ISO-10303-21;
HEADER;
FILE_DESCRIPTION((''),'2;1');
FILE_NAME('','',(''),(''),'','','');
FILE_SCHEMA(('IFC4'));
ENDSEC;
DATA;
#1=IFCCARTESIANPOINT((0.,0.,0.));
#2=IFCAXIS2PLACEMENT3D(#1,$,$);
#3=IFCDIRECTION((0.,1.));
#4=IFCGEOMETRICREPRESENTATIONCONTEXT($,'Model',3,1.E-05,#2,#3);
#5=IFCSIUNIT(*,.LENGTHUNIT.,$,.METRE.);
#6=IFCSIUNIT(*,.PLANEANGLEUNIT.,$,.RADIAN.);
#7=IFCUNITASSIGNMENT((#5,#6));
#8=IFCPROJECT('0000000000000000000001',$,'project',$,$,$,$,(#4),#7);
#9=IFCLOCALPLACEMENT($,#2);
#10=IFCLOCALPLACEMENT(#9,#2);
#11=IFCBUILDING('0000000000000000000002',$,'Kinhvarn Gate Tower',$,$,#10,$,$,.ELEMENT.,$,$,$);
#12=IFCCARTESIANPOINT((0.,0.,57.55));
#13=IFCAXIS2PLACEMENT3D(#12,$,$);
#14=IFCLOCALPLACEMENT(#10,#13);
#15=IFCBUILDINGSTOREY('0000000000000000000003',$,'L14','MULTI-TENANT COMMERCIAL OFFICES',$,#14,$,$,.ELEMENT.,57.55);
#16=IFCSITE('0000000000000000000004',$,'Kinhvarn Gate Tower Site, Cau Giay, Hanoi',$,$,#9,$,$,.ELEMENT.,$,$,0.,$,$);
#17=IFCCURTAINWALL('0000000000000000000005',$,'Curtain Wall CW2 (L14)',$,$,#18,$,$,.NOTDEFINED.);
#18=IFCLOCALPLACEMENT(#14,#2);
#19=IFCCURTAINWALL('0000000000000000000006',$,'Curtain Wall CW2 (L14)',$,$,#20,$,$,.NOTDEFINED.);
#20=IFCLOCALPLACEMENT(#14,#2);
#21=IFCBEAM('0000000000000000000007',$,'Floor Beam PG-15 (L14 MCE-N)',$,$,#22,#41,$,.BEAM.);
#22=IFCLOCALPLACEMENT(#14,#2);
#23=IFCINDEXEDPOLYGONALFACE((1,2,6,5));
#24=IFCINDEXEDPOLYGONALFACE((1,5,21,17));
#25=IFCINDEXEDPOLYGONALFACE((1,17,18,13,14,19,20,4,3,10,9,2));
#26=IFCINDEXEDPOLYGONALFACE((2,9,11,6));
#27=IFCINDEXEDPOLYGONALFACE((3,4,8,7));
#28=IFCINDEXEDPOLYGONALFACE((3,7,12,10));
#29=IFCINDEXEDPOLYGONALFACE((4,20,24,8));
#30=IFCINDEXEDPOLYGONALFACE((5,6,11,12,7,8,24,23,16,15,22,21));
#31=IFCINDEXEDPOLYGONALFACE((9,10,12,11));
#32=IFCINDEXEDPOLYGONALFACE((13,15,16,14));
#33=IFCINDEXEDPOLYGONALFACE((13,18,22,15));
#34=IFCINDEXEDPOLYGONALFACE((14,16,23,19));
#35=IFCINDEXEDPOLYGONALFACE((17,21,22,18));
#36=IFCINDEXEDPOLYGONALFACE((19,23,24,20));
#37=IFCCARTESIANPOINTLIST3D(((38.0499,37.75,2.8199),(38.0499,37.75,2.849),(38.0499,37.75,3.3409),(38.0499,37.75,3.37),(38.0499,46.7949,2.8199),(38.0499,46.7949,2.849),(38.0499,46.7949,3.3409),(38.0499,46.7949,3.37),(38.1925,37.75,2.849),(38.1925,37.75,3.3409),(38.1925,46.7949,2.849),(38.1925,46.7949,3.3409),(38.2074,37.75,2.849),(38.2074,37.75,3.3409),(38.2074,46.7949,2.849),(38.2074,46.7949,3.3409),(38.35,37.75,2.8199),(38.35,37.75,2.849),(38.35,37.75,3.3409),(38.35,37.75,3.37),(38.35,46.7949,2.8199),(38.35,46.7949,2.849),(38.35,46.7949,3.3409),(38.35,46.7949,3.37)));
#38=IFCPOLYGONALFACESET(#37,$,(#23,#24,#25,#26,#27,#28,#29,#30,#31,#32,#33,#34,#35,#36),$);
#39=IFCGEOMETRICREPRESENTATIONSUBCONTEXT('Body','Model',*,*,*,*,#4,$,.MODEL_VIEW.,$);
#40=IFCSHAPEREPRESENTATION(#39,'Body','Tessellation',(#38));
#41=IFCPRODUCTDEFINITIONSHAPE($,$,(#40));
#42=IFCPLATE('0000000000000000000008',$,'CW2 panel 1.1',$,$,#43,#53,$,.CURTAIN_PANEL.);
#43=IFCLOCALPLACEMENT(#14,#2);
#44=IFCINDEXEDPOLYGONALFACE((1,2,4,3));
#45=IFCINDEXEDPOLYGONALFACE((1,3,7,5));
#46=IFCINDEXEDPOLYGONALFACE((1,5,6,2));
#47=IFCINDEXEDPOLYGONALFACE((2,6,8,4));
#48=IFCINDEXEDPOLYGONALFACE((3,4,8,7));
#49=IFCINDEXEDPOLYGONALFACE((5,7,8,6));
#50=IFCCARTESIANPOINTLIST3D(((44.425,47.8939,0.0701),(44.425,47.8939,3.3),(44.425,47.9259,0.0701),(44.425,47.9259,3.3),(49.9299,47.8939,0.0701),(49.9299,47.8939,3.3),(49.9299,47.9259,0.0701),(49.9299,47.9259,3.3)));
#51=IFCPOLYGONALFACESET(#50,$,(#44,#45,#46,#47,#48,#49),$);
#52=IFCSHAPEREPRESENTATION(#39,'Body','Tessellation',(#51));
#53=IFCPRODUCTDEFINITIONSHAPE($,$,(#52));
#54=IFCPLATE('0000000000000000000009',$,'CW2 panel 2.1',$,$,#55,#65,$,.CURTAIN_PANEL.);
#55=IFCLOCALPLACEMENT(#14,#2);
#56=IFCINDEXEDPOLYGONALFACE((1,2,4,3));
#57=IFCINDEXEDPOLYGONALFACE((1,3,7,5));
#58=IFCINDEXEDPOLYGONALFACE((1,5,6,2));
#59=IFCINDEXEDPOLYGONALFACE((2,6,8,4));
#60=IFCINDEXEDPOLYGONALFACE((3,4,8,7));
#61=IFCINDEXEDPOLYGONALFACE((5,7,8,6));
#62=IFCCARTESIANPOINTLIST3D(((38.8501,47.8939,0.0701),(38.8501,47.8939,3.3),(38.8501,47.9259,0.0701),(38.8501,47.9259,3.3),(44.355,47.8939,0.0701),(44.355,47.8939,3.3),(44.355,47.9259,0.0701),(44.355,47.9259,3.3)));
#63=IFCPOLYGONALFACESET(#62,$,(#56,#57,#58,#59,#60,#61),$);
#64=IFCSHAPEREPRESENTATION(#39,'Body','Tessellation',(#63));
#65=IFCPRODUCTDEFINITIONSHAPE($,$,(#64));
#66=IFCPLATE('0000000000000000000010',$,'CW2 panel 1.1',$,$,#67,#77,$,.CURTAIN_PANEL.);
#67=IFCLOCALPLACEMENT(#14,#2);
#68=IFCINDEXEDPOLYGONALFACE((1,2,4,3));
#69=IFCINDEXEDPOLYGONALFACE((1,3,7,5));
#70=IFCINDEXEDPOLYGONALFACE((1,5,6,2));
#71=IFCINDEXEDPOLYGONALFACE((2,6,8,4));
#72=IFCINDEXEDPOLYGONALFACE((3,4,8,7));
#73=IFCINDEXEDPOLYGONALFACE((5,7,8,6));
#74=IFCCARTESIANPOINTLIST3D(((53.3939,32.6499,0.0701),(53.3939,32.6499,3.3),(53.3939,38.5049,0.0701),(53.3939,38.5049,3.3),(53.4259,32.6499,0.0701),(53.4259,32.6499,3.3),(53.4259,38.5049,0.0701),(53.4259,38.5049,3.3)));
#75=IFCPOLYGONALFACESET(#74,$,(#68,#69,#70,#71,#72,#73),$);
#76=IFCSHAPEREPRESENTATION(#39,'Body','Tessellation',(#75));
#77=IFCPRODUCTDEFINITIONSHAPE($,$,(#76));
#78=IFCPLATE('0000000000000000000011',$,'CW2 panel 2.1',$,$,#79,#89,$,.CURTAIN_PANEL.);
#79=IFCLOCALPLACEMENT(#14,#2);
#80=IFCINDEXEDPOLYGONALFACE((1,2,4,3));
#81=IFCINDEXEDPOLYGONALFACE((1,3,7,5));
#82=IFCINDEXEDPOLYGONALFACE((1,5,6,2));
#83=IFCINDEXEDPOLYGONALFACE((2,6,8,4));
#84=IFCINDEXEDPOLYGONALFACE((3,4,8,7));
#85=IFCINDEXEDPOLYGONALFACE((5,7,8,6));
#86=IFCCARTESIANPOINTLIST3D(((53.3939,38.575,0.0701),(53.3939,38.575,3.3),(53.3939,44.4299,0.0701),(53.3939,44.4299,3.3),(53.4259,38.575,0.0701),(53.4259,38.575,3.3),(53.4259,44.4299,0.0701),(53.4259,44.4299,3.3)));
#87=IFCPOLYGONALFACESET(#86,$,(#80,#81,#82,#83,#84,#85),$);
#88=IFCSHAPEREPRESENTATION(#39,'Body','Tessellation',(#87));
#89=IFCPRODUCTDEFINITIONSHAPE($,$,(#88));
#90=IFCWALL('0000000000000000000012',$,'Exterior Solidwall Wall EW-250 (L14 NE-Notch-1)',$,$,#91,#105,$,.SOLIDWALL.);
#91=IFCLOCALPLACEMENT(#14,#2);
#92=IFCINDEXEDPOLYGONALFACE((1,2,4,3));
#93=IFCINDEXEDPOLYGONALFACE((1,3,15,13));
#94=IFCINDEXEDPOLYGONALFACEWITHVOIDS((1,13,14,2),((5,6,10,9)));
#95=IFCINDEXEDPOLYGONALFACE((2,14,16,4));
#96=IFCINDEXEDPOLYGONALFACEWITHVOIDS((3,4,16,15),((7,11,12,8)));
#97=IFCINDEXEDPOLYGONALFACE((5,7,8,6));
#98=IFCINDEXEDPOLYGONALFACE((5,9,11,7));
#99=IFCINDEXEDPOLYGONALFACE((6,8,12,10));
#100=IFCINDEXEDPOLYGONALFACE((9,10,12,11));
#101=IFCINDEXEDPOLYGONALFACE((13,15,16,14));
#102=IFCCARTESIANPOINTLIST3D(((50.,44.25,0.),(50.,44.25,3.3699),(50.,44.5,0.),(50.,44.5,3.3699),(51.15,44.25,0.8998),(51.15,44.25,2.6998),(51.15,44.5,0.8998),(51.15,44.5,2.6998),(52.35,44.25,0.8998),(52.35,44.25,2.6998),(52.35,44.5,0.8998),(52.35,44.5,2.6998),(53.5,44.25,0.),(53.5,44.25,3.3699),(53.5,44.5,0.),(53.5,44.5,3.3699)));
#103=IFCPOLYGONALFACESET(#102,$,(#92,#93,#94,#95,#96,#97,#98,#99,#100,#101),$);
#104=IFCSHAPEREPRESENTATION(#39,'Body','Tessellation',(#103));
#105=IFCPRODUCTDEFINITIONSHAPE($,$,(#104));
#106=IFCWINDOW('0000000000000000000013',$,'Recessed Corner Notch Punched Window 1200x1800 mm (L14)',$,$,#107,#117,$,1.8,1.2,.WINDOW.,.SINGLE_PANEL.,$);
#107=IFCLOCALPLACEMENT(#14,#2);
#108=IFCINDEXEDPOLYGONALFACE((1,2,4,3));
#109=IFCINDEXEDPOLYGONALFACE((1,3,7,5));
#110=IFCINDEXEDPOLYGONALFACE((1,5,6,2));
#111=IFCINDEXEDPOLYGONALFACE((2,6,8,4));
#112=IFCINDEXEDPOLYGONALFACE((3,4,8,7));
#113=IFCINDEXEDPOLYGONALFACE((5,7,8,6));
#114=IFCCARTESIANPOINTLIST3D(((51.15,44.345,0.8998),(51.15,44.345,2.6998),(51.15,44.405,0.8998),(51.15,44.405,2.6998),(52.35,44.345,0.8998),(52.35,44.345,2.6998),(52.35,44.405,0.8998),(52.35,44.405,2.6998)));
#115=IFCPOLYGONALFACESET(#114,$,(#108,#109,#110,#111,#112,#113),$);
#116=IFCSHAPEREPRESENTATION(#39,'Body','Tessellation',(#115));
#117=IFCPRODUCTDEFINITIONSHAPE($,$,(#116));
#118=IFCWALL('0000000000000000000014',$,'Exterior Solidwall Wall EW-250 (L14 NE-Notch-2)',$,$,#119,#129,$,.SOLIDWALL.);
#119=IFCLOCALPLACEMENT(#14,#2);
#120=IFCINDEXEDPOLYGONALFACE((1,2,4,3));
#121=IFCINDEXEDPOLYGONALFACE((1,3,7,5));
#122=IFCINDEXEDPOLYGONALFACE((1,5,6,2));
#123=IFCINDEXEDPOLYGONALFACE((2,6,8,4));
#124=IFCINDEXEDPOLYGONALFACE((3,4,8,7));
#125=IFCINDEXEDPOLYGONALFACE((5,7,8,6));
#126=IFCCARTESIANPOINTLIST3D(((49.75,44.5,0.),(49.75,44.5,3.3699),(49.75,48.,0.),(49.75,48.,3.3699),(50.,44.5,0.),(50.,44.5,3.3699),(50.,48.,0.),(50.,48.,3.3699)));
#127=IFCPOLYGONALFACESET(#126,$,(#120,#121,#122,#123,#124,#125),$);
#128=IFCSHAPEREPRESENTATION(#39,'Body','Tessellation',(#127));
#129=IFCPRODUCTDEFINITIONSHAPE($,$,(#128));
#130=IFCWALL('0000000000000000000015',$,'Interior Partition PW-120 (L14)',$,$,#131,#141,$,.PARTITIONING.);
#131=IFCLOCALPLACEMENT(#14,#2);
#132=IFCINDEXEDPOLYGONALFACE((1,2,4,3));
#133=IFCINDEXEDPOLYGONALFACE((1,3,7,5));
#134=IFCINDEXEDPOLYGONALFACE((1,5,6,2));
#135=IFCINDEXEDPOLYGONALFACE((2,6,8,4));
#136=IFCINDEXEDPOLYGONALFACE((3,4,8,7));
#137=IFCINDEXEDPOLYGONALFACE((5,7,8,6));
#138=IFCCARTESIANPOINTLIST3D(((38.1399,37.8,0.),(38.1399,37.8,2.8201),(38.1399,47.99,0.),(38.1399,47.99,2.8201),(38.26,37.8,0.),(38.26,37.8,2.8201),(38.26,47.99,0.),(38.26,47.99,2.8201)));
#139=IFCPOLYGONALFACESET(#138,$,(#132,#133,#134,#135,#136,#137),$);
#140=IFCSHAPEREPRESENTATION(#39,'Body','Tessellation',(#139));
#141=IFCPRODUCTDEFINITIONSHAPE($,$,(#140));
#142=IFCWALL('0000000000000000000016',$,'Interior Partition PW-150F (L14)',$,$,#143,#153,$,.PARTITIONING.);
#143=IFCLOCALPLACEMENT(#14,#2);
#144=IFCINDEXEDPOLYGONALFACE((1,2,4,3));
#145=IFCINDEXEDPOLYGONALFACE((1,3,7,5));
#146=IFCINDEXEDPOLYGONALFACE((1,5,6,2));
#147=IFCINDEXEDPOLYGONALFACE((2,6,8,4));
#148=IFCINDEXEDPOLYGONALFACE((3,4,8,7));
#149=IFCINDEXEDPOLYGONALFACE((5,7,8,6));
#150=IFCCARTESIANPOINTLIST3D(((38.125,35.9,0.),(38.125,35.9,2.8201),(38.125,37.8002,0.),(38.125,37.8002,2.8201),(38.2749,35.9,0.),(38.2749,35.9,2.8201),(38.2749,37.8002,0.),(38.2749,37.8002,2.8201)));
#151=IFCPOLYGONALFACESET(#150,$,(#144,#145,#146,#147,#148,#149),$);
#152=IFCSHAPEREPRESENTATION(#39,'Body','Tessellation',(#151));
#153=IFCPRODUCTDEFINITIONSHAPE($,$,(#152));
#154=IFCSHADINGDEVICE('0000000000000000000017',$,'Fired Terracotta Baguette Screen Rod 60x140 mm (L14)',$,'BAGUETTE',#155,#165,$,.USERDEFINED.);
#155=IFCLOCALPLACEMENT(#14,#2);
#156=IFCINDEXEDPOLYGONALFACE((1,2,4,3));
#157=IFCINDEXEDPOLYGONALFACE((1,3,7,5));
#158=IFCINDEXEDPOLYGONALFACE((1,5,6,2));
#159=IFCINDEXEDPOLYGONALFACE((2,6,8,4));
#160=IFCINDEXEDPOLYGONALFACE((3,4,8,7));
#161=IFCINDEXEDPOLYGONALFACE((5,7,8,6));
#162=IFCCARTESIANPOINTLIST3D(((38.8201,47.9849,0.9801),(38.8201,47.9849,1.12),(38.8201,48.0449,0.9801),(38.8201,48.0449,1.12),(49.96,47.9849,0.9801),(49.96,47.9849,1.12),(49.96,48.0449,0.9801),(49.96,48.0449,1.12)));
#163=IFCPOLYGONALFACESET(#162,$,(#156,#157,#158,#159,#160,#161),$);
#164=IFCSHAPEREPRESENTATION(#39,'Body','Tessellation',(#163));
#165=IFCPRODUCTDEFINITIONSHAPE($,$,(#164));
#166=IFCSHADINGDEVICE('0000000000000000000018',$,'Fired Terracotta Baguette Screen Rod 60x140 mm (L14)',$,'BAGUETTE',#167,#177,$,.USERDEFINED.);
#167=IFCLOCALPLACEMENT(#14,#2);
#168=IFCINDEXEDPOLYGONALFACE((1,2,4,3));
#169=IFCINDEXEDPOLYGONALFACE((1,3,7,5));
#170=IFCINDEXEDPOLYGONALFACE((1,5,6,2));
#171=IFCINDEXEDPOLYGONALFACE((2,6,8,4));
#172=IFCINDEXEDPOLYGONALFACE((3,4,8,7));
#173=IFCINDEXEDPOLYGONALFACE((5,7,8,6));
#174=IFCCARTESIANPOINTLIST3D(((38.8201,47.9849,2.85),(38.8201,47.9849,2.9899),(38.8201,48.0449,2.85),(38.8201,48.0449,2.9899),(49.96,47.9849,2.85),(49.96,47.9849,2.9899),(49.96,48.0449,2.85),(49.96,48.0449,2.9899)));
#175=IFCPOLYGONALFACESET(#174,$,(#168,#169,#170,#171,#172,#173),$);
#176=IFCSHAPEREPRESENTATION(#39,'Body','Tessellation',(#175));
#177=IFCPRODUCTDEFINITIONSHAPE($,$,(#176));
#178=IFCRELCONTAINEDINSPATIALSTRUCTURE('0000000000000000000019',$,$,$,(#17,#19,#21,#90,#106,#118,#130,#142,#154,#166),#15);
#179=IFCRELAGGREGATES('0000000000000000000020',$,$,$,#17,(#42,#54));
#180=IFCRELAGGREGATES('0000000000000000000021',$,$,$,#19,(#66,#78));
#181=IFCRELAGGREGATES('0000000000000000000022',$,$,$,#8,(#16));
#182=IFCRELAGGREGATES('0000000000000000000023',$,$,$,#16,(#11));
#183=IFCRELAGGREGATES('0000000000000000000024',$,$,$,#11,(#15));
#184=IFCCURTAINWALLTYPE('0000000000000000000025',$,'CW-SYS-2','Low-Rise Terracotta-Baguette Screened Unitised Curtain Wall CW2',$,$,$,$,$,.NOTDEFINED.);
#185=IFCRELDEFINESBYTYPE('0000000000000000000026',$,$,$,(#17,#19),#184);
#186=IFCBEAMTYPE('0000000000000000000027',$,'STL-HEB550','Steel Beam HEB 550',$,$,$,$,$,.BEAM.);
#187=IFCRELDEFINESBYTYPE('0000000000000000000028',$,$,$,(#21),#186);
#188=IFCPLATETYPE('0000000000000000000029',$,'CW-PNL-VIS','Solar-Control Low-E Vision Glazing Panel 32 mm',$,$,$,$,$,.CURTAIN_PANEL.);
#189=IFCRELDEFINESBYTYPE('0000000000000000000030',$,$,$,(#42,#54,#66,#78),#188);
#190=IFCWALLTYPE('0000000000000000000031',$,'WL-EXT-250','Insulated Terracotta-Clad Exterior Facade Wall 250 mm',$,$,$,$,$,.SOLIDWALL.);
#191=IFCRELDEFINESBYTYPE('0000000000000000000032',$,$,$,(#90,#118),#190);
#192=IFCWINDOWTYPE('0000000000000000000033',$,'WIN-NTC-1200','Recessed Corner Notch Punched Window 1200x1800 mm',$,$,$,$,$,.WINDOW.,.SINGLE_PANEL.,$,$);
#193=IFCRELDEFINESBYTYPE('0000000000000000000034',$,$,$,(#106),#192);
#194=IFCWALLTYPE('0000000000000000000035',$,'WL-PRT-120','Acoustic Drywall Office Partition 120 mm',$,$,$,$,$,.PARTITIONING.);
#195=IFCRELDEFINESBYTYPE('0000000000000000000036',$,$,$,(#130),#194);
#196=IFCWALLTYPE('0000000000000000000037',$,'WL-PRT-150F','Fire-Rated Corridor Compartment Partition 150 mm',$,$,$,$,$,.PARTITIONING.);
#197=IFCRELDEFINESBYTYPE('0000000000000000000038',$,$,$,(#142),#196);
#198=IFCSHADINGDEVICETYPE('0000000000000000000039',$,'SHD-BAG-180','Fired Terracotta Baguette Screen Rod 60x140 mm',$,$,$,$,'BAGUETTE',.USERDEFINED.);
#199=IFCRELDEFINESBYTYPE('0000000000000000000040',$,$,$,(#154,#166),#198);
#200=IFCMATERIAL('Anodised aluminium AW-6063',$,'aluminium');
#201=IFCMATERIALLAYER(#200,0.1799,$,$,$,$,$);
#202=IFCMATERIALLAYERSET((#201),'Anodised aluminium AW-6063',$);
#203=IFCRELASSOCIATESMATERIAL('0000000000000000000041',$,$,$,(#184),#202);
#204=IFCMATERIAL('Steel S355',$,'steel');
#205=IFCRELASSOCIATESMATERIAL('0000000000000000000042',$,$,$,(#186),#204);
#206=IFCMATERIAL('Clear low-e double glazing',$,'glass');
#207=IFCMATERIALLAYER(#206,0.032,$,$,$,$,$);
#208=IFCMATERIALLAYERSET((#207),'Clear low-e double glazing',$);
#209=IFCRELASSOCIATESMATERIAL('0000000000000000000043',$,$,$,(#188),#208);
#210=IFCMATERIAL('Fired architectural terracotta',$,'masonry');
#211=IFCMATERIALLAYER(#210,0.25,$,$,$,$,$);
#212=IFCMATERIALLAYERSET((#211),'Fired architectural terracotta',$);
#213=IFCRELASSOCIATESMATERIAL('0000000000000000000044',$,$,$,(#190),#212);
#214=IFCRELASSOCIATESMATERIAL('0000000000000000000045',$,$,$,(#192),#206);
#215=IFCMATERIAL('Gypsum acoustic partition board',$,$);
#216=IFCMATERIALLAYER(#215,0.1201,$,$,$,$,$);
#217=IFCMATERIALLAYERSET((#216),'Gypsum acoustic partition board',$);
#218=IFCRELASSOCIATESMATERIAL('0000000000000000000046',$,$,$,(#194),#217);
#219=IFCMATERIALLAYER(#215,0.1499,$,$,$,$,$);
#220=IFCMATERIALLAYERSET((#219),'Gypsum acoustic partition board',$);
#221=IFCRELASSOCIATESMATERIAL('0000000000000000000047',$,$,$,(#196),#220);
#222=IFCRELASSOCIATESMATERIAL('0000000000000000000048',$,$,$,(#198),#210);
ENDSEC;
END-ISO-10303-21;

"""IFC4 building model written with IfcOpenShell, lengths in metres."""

from ifc_helpers import new_model, si_unit, direction, frame, frame_2d, origin, origin_2d, place, context, subcontext, project, spatial, rectangle, i_section, extrude, material, layer, layer_set, material_profile, profile_set, type_object, element, fill, aggregate, save


model = new_model("IFC4")

# Units and contexts
model_context = context("Model", 3, precision=1e-05, world=origin(), true_north=direction((0.0, 1.0)))
body_context = subcontext(model_context, "Body", "Model", "MODEL_VIEW")
ifc_project = project(units=[si_unit("LENGTHUNIT", "METRE"), si_unit("PLANEANGLEUNIT", "RADIAN")], contexts=[model_context])

# Site, building, storey
site_placement = place(None, origin())
site = spatial("IfcSite", under=ifc_project, at=site_placement, Name="Kinhvarn Gate Tower Site, Cau Giay, Hanoi", CompositionType="ELEMENT", RefElevation=0.0)
building_placement = place(site_placement, origin())
building = spatial("IfcBuilding", under=site, at=building_placement, Name="Kinhvarn Gate Tower", CompositionType="ELEMENT")
storey_placement = place(building_placement, frame((0.0, 0.0, 57.55)))
storey = spatial("IfcBuildingStorey", under=building, at=storey_placement, Name="L14", Description="MULTI-TENANT COMMERCIAL OFFICES", CompositionType="ELEMENT", Elevation=57.55)

# Curtain walls
ifc_material_1 = material(Name="Anodised aluminium AW-6063", Category="aluminium")
ifc_layer_1 = layer(ifc_material_1, 0.1799)
ifc_layer_set_1 = layer_set([ifc_layer_1], Name="Anodised aluminium AW-6063")
curtain_wall_type = type_object("IfcCurtainWallType", Name="CW-SYS-2", Description="Low-Rise Terracotta-Baguette Screened Unitised Curtain Wall CW2", PredefinedType="NOTDEFINED", material=ifc_layer_set_1)
curtain_wall_1_placement = place(storey_placement, origin())
curtain_wall_1 = element("IfcCurtainWall", 1, at=curtain_wall_1_placement, inside=storey, type_object=curtain_wall_type, Name="Curtain Wall CW2 (L14)", PredefinedType="NOTDEFINED")
curtain_wall_2_placement = place(storey_placement, origin())
curtain_wall_2 = element("IfcCurtainWall", 2, at=curtain_wall_2_placement, inside=storey, type_object=curtain_wall_type, Name="Curtain Wall CW2 (L14)", PredefinedType="NOTDEFINED")

# Beam
ifc_material_2 = material(Name="Steel S355", Category="steel")
ifc_material_profile_1 = material_profile(ifc_material_2, i_section(OverallWidth=0.3, OverallDepth=0.55, WebThickness=0.0149, FlangeThickness=0.0291, at=origin_2d()), Name="HEB 550")
ifc_profile_set_1 = profile_set([ifc_material_profile_1], Name="Steel S355")
beam_type = type_object("IfcBeamType", Name="STL-HEB550", Description="Steel Beam HEB 550", PredefinedType="BEAM", material=ifc_profile_set_1)
beam_placement = place(storey_placement, frame((38.2, 37.75, 3.095), z_axis=(0.0, 1.0, 0.0), x_axis=(-1.0, 0.0, 0.0)))
element("IfcBeam", 3, at=beam_placement, inside=storey, type_object=beam_type, Name="Floor Beam PG-15 (L14 MCE-N)", PredefinedType="BEAM", context=body_context, shape_type="SweptSolid", body=[
    extrude(i_section(OverallWidth=0.3, OverallDepth=0.55, WebThickness=0.0149, FlangeThickness=0.0291, at=origin_2d()), origin(), (0.0, 0.0, 1.0), 9.0449),
])

# Plates
ifc_material_3 = material(Name="Clear low-e double glazing", Category="glass")
ifc_layer_2 = layer(ifc_material_3, 0.032)
ifc_layer_set_2 = layer_set([ifc_layer_2], Name="Clear low-e double glazing")
plate_type = type_object("IfcPlateType", Name="CW-PNL-VIS", Description="Solar-Control Low-E Vision Glazing Panel 32 mm", PredefinedType="CURTAIN_PANEL", material=ifc_layer_set_2)
plate_1_placement = place(storey_placement, frame((47.1775, 47.9099, 0.0701), z_axis=(0.0, 0.0, 1.0), x_axis=(-1.0, 0.0, 0.0)))
plate_1 = element("IfcPlate", 4, at=plate_1_placement, type_object=plate_type, Name="CW2 panel 1.1", PredefinedType="CURTAIN_PANEL", context=body_context, shape_type="SweptSolid", body=[
    extrude(rectangle(XDim=5.5049, YDim=0.032, at=origin_2d()), origin(), (0.0, 0.0, 1.0), 3.23),
])
plate_2_placement = place(storey_placement, frame((41.6025, 47.9099, 0.0701), z_axis=(0.0, 0.0, 1.0), x_axis=(-1.0, 0.0, 0.0)))
plate_2 = element("IfcPlate", 5, at=plate_2_placement, type_object=plate_type, Name="CW2 panel 2.1", PredefinedType="CURTAIN_PANEL", context=body_context, shape_type="SweptSolid", body=[
    extrude(rectangle(XDim=5.5049, YDim=0.032, at=origin_2d()), origin(), (0.0, 0.0, 1.0), 3.23),
])
aggregate(curtain_wall_1, [plate_1, plate_2])
plate_3_placement = place(storey_placement, frame((53.4099, 35.5774, 0.0701), z_axis=(0.0, 0.0, 1.0), x_axis=(0.0, 1.0, 0.0)))
plate_3 = element("IfcPlate", 6, at=plate_3_placement, type_object=plate_type, Name="CW2 panel 1.1", PredefinedType="CURTAIN_PANEL", context=body_context, shape_type="SweptSolid", body=[
    extrude(rectangle(XDim=5.855, YDim=0.032, at=origin_2d()), origin(), (0.0, 0.0, 1.0), 3.23),
])
plate_4_placement = place(storey_placement, frame((53.4099, 41.5024, 0.0701), z_axis=(0.0, 0.0, 1.0), x_axis=(0.0, 1.0, 0.0)))
plate_4 = element("IfcPlate", 7, at=plate_4_placement, type_object=plate_type, Name="CW2 panel 2.1", PredefinedType="CURTAIN_PANEL", context=body_context, shape_type="SweptSolid", body=[
    extrude(rectangle(XDim=5.855, YDim=0.032, at=origin_2d()), origin(), (0.0, 0.0, 1.0), 3.23),
])
aggregate(curtain_wall_2, [plate_3, plate_4])

# Wall, opening, window
ifc_material_4 = material(Name="Fired architectural terracotta", Category="masonry")
ifc_layer_3 = layer(ifc_material_4, 0.25)
ifc_layer_set_3 = layer_set([ifc_layer_3], Name="Fired architectural terracotta")
wall_type_1 = type_object("IfcWallType", Name="WL-EXT-250", Description="Insulated Terracotta-Clad Exterior Facade Wall 250 mm", PredefinedType="SOLIDWALL", material=ifc_layer_set_3)
wall_1_placement = place(storey_placement, frame((53.5, 44.375, 0.0), z_axis=(0.0, 0.0, 1.0), x_axis=(-1.0, 0.0, 0.0)))
wall_1 = element("IfcWall", 8, at=wall_1_placement, inside=storey, type_object=wall_type_1, Name="Exterior Solidwall Wall EW-250 (L14 NE-Notch-1)", PredefinedType="SOLIDWALL", context=body_context, shape_type="SweptSolid", body=[
    extrude(rectangle(XDim=3.5, YDim=0.25, at=frame_2d((1.75, 0.0))), origin(), (0.0, 0.0, 1.0), 3.3699),
])
opening_placement = place(wall_1_placement, frame((1.1499, 0.0, 0.8999)))
opening = element("IfcOpeningElement", 9, at=opening_placement, cuts=wall_1, PredefinedType="OPENING", context=body_context, shape_type="SweptSolid", body=[
    extrude(rectangle(XDim=1.2, YDim=1.8, at=frame_2d((0.6001, 0.8999))), frame((0.0, 0.135, 0.0), z_axis=(0.0, -1.0, 0.0), x_axis=(1.0, 0.0, 0.0)), (0.0, 0.0, 1.0), 0.27),
])
window_type = type_object("IfcWindowType", Name="WIN-NTC-1200", Description="Recessed Corner Notch Punched Window 1200x1800 mm", PartitioningType="SINGLE_PANEL", PredefinedType="WINDOW", material=ifc_material_3)
window_placement = place(opening_placement, origin())
window = element("IfcWindow", 10, at=window_placement, inside=storey, type_object=window_type, Name="Recessed Corner Notch Punched Window 1200x1800 mm (L14)", OverallHeight=1.8, OverallWidth=1.2, PartitioningType="SINGLE_PANEL", PredefinedType="WINDOW", context=body_context, shape_type="SweptSolid", body=[
    extrude(rectangle(XDim=1.2, YDim=1.8, at=frame_2d((0.6001, 0.8999))), frame((0.0, 0.03, 0.0), z_axis=(0.0, -1.0, 0.0), x_axis=(1.0, 0.0, 0.0)), (0.0, 0.0, 1.0), 0.0601),
])
fill(opening, window)

# Walls
wall_2_placement = place(storey_placement, frame((49.875, 44.5, 0.0), z_axis=(0.0, 0.0, 1.0), x_axis=(0.0, 1.0, 0.0)))
element("IfcWall", 11, at=wall_2_placement, inside=storey, type_object=wall_type_1, Name="Exterior Solidwall Wall EW-250 (L14 NE-Notch-2)", PredefinedType="SOLIDWALL", context=body_context, shape_type="SweptSolid", body=[
    extrude(rectangle(XDim=3.5, YDim=0.25, at=frame_2d((1.75, 0.0))), origin(), (0.0, 0.0, 1.0), 3.3699),
])
ifc_material_5 = material(Name="Gypsum acoustic partition board")
ifc_layer_4 = layer(ifc_material_5, 0.1201)
ifc_layer_set_4 = layer_set([ifc_layer_4], Name="Gypsum acoustic partition board")
wall_type_2 = type_object("IfcWallType", Name="WL-PRT-120", Description="Acoustic Drywall Office Partition 120 mm", PredefinedType="PARTITIONING", material=ifc_layer_set_4)
wall_3_placement = place(storey_placement, frame((38.2, 37.8, 0.0), z_axis=(0.0, 0.0, 1.0), x_axis=(0.0, 1.0, 0.0)))
element("IfcWall", 12, at=wall_3_placement, inside=storey, type_object=wall_type_2, Name="Interior Partition PW-120 (L14)", PredefinedType="PARTITIONING", context=body_context, shape_type="SweptSolid", body=[
    extrude(rectangle(XDim=10.1899, YDim=0.1201, at=frame_2d((5.095, 0.0))), origin(), (0.0, 0.0, 1.0), 2.8201),
])
ifc_layer_5 = layer(ifc_material_5, 0.1499)
ifc_layer_set_5 = layer_set([ifc_layer_5], Name="Gypsum acoustic partition board")
wall_type_3 = type_object("IfcWallType", Name="WL-PRT-150F", Description="Fire-Rated Corridor Compartment Partition 150 mm", PredefinedType="PARTITIONING", material=ifc_layer_set_5)
wall_4_placement = place(storey_placement, frame((38.2, 35.8999, 0.0), z_axis=(0.0, 0.0, 1.0), x_axis=(0.0, 1.0, 0.0)))
element("IfcWall", 13, at=wall_4_placement, inside=storey, type_object=wall_type_3, Name="Interior Partition PW-150F (L14)", PredefinedType="PARTITIONING", context=body_context, shape_type="SweptSolid", body=[
    extrude(rectangle(XDim=1.9001, YDim=0.1499, at=frame_2d((0.9502, 0.0))), origin(), (0.0, 0.0, 1.0), 2.8201),
])

# Shading devices
ifc_material_profile_2 = material_profile(ifc_material_4, rectangle(XDim=0.0601, YDim=0.1399, at=origin_2d()), Name="TC 60x140")
ifc_profile_set_2 = profile_set([ifc_material_profile_2], Name="Fired architectural terracotta")
shading_device_type = type_object("IfcShadingDeviceType", Name="SHD-BAG-180", Description="Fired Terracotta Baguette Screen Rod 60x140 mm", ElementType="BAGUETTE", PredefinedType="USERDEFINED", material=ifc_profile_set_2)
for number, where, z_axis, x_axis, name in (
    (14, (49.96, 48.0149, 1.05), (-1.0, 0.0, 0.0), (0.0, -1.0, 0.0), "Fired Terracotta Baguette Screen Rod 60x140 mm (L14)"),
    (15, (49.96, 48.0149, 2.9199), (-1.0, 0.0, 0.0), (0.0, -1.0, 0.0), "Fired Terracotta Baguette Screen Rod 60x140 mm (L14)"),
):
    element("IfcShadingDevice", number, at=place(storey_placement, frame(where, z_axis=z_axis, x_axis=x_axis)), inside=storey, type_object=shading_device_type, Name=name, ObjectType="BAGUETTE", PredefinedType="USERDEFINED", context=body_context, shape_type="SweptSolid", body=[
        extrude(rectangle(XDim=0.0601, YDim=0.1399, at=origin_2d()), origin(), (0.0, 0.0, 1.0), 11.1399),
    ])

save(model, "model.ifc")
